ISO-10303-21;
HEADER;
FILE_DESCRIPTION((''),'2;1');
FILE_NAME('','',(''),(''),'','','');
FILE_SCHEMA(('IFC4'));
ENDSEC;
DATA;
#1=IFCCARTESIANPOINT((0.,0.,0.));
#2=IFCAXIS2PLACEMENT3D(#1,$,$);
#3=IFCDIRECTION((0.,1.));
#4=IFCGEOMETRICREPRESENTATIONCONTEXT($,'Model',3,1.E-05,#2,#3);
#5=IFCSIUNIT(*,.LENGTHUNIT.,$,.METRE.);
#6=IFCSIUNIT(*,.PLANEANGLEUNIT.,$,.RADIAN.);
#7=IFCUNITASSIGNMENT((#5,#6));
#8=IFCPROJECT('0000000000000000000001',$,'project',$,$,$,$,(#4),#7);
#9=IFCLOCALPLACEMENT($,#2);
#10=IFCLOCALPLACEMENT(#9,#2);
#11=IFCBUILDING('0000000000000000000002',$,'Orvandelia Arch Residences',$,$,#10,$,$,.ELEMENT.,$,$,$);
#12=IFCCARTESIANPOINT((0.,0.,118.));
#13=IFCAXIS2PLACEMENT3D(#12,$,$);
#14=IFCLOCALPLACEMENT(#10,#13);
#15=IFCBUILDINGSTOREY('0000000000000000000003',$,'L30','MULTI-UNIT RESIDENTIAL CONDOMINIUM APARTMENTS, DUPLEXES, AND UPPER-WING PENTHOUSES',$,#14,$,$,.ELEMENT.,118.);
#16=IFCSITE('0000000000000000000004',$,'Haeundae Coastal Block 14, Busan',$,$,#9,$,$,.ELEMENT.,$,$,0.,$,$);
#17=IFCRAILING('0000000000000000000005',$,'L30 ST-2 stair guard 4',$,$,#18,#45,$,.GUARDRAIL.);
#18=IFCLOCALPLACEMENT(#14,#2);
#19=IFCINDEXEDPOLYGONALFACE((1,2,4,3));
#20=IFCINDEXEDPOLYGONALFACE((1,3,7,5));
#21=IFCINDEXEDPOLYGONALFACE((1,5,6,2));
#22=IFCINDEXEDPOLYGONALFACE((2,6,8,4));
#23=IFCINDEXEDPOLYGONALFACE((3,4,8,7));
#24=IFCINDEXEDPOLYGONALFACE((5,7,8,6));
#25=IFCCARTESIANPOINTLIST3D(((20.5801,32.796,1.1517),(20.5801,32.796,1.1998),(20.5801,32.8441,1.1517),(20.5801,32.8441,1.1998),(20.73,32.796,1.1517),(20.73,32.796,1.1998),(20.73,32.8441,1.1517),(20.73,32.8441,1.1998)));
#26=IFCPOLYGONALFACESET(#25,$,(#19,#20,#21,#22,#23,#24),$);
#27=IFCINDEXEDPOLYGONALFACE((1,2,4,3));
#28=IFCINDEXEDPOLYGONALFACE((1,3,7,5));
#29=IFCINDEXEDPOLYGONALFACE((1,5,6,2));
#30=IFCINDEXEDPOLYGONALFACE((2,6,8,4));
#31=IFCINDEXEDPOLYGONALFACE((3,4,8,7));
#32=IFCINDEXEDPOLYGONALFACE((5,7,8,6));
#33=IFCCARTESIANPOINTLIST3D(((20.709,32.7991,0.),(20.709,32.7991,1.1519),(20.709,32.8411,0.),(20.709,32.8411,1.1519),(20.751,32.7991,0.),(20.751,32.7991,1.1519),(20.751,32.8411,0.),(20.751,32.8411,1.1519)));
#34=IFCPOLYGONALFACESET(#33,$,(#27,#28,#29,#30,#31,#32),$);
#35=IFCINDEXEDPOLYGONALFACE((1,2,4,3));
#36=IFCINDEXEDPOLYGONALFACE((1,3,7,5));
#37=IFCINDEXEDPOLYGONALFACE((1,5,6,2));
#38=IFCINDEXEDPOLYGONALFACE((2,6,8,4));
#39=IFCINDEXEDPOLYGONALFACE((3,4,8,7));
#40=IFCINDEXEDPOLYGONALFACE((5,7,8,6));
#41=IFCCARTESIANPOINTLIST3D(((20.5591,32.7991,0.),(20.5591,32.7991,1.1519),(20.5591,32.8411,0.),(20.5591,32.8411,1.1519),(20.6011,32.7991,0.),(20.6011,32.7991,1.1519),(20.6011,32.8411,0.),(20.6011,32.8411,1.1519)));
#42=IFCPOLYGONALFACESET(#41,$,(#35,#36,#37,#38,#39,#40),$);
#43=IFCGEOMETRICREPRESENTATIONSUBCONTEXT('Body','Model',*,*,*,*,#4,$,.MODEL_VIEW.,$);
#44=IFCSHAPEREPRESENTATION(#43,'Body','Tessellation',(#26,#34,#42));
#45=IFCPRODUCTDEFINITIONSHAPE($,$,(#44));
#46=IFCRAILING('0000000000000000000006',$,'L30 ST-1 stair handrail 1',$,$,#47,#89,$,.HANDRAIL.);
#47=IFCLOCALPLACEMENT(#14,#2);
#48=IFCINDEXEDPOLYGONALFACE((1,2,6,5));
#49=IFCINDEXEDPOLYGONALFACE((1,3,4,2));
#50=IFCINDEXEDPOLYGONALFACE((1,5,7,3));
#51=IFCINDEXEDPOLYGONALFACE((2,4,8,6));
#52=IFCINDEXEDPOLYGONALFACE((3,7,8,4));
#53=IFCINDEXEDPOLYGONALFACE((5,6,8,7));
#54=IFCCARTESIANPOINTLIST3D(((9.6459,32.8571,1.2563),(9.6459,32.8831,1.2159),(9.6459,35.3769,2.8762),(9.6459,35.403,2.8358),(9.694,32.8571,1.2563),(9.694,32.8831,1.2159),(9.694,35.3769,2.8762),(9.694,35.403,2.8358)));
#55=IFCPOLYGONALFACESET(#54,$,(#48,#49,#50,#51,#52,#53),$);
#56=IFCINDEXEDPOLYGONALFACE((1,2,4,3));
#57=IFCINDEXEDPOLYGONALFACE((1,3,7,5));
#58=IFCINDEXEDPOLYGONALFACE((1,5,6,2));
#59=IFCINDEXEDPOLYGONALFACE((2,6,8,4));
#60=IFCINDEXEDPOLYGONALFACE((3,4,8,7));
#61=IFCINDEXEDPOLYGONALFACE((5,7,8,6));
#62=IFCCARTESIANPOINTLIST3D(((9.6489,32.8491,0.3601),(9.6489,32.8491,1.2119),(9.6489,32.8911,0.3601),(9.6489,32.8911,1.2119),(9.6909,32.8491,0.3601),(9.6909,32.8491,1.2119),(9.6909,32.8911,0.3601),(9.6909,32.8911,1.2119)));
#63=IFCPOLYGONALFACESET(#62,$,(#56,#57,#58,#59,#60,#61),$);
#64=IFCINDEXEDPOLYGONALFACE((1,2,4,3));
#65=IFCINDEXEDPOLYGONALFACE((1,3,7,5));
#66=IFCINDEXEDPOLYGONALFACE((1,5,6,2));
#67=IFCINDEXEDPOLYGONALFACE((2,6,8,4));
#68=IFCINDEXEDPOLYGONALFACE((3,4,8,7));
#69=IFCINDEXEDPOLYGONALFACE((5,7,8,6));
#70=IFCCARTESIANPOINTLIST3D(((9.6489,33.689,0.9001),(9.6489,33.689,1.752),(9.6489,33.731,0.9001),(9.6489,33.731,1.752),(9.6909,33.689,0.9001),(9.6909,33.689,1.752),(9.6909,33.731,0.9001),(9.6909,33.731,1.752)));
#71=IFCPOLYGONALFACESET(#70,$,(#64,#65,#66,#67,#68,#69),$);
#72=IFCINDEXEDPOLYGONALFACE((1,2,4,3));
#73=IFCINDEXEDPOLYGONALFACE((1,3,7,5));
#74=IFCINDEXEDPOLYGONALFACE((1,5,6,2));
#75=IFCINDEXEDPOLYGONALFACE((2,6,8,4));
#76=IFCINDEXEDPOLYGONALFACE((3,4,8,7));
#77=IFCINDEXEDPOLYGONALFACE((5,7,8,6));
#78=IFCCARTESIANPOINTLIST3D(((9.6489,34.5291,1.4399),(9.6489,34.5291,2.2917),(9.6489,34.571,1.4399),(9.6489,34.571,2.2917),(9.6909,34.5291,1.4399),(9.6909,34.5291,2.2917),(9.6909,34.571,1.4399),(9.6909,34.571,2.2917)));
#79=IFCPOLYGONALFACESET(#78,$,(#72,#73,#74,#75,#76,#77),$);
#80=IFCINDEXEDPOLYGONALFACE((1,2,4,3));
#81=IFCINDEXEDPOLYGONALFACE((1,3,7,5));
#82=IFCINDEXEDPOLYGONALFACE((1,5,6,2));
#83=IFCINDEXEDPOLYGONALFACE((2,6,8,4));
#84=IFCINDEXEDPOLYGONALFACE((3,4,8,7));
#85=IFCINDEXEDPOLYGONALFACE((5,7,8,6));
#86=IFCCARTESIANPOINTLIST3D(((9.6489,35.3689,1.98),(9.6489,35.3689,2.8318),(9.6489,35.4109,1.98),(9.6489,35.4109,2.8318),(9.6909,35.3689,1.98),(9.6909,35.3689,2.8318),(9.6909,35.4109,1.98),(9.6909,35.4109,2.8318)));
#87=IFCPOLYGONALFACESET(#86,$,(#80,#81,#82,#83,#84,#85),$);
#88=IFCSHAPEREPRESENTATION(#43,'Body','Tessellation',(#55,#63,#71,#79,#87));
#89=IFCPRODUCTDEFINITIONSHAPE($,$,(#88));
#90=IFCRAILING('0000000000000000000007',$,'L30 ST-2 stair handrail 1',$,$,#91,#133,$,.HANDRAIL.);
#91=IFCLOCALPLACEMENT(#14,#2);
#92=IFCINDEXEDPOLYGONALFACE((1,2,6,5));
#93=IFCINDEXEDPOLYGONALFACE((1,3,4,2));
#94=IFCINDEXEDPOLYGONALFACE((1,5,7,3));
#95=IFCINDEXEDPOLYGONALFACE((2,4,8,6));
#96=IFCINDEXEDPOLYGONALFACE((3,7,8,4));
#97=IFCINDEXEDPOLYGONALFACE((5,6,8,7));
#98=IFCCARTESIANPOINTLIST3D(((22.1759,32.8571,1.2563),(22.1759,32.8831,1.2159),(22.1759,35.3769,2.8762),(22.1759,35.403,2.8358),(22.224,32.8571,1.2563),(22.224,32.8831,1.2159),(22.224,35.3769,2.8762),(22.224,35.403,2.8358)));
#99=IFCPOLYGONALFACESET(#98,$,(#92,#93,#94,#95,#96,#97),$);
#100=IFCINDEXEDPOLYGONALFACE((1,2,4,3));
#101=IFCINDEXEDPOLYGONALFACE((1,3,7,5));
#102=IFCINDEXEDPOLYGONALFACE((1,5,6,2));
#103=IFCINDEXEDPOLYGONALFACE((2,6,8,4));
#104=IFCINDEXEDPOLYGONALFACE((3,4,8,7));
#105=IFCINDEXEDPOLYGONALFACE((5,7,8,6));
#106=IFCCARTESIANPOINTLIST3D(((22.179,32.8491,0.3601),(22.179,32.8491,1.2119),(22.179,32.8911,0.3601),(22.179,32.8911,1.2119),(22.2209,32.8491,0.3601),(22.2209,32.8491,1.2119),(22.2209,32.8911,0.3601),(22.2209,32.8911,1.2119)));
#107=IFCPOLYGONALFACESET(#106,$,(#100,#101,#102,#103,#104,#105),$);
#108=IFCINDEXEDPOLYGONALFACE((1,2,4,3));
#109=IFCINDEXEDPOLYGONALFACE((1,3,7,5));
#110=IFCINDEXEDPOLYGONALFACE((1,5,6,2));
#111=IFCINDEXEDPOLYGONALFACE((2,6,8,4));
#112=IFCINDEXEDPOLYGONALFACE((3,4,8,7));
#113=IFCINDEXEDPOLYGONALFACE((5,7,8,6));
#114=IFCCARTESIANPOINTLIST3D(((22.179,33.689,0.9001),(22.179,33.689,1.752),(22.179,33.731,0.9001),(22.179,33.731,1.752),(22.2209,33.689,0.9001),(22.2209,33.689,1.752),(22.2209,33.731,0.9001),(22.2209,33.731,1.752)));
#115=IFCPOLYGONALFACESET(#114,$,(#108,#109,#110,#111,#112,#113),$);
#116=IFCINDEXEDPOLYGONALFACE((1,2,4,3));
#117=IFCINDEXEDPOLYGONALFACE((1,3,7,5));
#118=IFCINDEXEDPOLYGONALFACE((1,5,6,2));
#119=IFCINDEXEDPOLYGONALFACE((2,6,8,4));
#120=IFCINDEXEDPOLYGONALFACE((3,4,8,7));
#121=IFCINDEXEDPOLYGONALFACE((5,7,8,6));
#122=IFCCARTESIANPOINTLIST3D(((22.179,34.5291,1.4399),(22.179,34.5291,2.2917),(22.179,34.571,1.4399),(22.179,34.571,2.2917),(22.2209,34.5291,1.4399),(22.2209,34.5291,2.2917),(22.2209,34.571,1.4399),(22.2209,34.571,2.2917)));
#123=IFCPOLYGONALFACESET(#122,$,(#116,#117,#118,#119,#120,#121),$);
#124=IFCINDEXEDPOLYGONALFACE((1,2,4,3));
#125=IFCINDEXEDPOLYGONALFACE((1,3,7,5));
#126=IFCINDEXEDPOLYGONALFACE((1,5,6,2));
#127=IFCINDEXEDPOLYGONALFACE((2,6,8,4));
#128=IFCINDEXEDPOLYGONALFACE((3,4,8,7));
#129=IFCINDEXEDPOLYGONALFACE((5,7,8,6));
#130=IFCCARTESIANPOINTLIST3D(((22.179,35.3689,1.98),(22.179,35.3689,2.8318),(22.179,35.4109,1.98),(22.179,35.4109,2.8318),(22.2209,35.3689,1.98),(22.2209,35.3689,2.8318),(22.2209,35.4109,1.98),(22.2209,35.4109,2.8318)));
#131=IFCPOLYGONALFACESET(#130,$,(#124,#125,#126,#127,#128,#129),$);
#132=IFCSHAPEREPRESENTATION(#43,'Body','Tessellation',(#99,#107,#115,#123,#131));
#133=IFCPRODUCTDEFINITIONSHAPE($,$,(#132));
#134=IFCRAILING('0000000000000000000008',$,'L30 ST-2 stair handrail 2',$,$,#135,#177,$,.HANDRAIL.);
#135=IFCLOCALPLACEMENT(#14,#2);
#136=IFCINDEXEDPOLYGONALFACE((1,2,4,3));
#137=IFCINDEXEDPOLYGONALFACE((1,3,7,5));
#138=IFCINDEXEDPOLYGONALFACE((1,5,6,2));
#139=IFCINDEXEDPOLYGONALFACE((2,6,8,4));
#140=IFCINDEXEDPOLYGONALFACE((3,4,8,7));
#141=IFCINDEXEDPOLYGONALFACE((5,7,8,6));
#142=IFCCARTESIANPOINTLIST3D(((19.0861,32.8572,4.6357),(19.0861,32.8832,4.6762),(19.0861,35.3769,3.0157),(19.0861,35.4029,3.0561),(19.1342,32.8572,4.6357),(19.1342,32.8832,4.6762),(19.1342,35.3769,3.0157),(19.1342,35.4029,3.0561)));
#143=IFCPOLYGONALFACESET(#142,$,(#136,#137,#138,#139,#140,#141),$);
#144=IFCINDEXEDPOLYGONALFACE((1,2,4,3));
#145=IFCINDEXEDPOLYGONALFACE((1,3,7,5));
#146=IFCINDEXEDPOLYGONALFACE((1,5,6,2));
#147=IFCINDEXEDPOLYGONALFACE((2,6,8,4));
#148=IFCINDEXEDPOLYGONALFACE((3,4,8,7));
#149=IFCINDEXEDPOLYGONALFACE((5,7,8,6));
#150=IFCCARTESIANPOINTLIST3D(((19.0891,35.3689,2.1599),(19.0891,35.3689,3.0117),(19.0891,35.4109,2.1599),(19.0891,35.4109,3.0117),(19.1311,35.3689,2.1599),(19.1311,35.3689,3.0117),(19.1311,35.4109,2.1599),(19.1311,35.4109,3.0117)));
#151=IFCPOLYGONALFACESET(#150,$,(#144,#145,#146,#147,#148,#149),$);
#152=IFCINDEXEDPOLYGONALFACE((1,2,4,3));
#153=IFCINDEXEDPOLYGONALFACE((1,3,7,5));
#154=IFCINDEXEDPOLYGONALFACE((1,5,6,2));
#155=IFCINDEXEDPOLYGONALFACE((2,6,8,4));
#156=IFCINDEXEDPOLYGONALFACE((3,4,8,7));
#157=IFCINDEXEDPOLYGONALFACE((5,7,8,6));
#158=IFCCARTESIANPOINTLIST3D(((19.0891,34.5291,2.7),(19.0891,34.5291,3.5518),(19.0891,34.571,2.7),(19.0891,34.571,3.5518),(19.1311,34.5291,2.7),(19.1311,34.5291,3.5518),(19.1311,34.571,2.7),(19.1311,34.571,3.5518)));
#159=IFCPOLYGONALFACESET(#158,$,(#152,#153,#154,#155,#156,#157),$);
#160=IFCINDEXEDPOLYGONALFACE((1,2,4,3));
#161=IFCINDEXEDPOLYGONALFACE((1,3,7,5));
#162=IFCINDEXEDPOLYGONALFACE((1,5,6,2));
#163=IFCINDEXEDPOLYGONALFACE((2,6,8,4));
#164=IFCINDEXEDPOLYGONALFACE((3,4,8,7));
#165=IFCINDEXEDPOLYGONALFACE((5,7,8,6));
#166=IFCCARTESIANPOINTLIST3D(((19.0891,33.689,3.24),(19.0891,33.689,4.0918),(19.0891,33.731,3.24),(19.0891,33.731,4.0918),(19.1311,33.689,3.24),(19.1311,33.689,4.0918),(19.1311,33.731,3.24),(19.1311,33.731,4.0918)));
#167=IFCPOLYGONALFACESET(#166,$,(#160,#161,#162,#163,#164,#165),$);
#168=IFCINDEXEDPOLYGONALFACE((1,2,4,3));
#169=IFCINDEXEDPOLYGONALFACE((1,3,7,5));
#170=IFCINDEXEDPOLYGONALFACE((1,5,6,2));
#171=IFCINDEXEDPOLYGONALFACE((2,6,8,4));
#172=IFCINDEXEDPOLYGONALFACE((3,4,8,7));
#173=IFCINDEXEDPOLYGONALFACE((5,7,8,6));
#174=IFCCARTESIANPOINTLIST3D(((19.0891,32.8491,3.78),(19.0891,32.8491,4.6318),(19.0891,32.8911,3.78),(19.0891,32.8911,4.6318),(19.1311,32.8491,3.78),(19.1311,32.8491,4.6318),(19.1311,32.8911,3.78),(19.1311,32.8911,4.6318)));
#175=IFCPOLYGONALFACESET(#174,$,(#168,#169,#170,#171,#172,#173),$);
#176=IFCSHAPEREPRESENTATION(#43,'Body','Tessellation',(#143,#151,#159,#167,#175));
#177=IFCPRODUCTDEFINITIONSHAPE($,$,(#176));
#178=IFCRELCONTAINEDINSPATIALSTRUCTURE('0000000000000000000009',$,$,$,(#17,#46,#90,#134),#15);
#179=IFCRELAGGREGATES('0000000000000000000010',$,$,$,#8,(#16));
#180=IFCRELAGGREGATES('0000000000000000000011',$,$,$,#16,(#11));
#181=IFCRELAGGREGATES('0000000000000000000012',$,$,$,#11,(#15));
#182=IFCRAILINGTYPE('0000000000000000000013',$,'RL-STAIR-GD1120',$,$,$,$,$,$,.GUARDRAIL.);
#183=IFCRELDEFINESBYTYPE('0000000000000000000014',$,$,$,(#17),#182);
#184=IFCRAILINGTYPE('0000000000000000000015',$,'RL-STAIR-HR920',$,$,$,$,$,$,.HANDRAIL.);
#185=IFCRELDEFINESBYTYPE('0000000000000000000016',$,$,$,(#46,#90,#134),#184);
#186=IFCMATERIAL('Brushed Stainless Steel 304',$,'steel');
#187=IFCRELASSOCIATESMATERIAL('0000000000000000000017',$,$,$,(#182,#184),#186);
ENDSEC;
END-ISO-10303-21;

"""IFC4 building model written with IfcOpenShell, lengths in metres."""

from ifc_helpers import new_model, si_unit, direction, frame, origin, origin_2d, place, context, subcontext, project, spatial, rectangle, extrude, material, type_object, element, save


model = new_model("IFC4")

# Units and contexts
model_context = context("Model", 3, precision=1e-05, world=origin(), true_north=direction((0.0, 1.0)))
body_context = subcontext(model_context, "Body", "Model", "MODEL_VIEW")
ifc_project = project(units=[si_unit("LENGTHUNIT", "METRE"), si_unit("PLANEANGLEUNIT", "RADIAN")], contexts=[model_context])

# Site, building, storey
site_placement = place(None, origin())
site = spatial("IfcSite", under=ifc_project, at=site_placement, Name="Haeundae Coastal Block 14, Busan", CompositionType="ELEMENT", RefElevation=0.0)
building_placement = place(site_placement, origin())
building = spatial("IfcBuilding", under=site, at=building_placement, Name="Orvandelia Arch Residences", CompositionType="ELEMENT")
storey_placement = place(building_placement, frame((0.0, 0.0, 118.0)))
storey = spatial("IfcBuildingStorey", under=building, at=storey_placement, Name="L30", Description="MULTI-UNIT RESIDENTIAL CONDOMINIUM APARTMENTS, DUPLEXES, AND UPPER-WING PENTHOUSES", CompositionType="ELEMENT", Elevation=118.0)

# Railings
ifc_material_1 = material(Name="Brushed Stainless Steel 304", Category="steel")
railing_type_1 = type_object("IfcRailingType", Name="RL-STAIR-GD1120", PredefinedType="GUARDRAIL", material=ifc_material_1)
railing_1_placement = place(storey_placement, frame((20.73, 32.8201, 0.0)))
element("IfcRailing", 1, at=railing_1_placement, inside=storey, type_object=railing_type_1, Name="L30 ST-2 stair guard 4", PredefinedType="GUARDRAIL", context=body_context, shape_type="SweptSolid", body=[
    extrude(rectangle(XDim=0.0481, YDim=0.0481, at=origin_2d()), frame((0.0, 0.0, 1.1758), z_axis=(-1.0, 0.0, 0.0), x_axis=(0.0, -1.0, 0.0)), (0.0, 0.0, 1.0), 0.1499),
    extrude(rectangle(XDim=0.042, YDim=0.042, at=origin_2d()), origin(), (0.0, 0.0, 1.0), 1.1519),
    extrude(rectangle(XDim=0.042, YDim=0.042, at=origin_2d()), frame((-0.1499, 0.0, 0.0)), (0.0, 0.0, 1.0), 1.1519),
])
railing_type_2 = type_object("IfcRailingType", Name="RL-STAIR-HR920", PredefinedType="HANDRAIL", material=ifc_material_1)
for number, where, name in (
    (2, (9.6699, 32.8701, 0.3601), "L30 ST-1 stair handrail 1"),
    (3, (22.2, 32.8701, 0.3601), "L30 ST-2 stair handrail 1"),
):
    element("IfcRailing", number, at=place(storey_placement, frame(where)), inside=storey, type_object=railing_type_2, Name=name, PredefinedType="HANDRAIL", context=body_context, shape_type="SweptSolid", body=[
        extrude(rectangle(XDim=0.0481, YDim=0.0481, at=origin_2d()), frame((0.0, 0.0, 0.876), z_axis=(0.0, 0.841176, 0.540762), x_axis=(-1.0, 0.0, 0.0)), (0.0, 0.0, 1.0), 2.9956),
        extrude(rectangle(XDim=0.042, YDim=0.042, at=origin_2d()), origin(), (0.0, 0.0, 1.0), 0.8518),
        extrude(rectangle(XDim=0.042, YDim=0.042, at=origin_2d()), frame((0.0, 0.8398, 0.54)), (0.0, 0.0, 1.0), 0.8518),
        extrude(rectangle(XDim=0.042, YDim=0.042, at=origin_2d()), frame((0.0, 1.6799, 1.0798)), (0.0, 0.0, 1.0), 0.8518),
        extrude(rectangle(XDim=0.042, YDim=0.042, at=origin_2d()), frame((0.0, 2.5198, 1.6199)), (0.0, 0.0, 1.0), 0.8518),
    ])
railing_2_placement = place(storey_placement, frame((19.1101, 35.3899, 2.1599)))
element("IfcRailing", 4, at=railing_2_placement, inside=storey, type_object=railing_type_2, Name="L30 ST-2 stair handrail 2", PredefinedType="HANDRAIL", context=body_context, shape_type="SweptSolid", body=[
    extrude(rectangle(XDim=0.0481, YDim=0.0481, at=origin_2d()), frame((0.0, 0.0, 0.876), z_axis=(0.0, -0.841139, 0.540819), x_axis=(1.0, 0.0, 0.0)), (0.0, 0.0, 1.0), 2.9956),
    extrude(rectangle(XDim=0.042, YDim=0.042, at=origin_2d()), origin(), (0.0, 0.0, 1.0), 0.8518),
    extrude(rectangle(XDim=0.042, YDim=0.042, at=origin_2d()), frame((0.0, -0.8398, 0.54)), (0.0, 0.0, 1.0), 0.8518),
    extrude(rectangle(XDim=0.042, YDim=0.042, at=origin_2d()), frame((0.0, -1.6799, 1.0801)), (0.0, 0.0, 1.0), 0.8518),
    extrude(rectangle(XDim=0.042, YDim=0.042, at=origin_2d()), frame((0.0, -2.5198, 1.6201)), (0.0, 0.0, 1.0), 0.8518),
])

save(model, "model.ifc")
